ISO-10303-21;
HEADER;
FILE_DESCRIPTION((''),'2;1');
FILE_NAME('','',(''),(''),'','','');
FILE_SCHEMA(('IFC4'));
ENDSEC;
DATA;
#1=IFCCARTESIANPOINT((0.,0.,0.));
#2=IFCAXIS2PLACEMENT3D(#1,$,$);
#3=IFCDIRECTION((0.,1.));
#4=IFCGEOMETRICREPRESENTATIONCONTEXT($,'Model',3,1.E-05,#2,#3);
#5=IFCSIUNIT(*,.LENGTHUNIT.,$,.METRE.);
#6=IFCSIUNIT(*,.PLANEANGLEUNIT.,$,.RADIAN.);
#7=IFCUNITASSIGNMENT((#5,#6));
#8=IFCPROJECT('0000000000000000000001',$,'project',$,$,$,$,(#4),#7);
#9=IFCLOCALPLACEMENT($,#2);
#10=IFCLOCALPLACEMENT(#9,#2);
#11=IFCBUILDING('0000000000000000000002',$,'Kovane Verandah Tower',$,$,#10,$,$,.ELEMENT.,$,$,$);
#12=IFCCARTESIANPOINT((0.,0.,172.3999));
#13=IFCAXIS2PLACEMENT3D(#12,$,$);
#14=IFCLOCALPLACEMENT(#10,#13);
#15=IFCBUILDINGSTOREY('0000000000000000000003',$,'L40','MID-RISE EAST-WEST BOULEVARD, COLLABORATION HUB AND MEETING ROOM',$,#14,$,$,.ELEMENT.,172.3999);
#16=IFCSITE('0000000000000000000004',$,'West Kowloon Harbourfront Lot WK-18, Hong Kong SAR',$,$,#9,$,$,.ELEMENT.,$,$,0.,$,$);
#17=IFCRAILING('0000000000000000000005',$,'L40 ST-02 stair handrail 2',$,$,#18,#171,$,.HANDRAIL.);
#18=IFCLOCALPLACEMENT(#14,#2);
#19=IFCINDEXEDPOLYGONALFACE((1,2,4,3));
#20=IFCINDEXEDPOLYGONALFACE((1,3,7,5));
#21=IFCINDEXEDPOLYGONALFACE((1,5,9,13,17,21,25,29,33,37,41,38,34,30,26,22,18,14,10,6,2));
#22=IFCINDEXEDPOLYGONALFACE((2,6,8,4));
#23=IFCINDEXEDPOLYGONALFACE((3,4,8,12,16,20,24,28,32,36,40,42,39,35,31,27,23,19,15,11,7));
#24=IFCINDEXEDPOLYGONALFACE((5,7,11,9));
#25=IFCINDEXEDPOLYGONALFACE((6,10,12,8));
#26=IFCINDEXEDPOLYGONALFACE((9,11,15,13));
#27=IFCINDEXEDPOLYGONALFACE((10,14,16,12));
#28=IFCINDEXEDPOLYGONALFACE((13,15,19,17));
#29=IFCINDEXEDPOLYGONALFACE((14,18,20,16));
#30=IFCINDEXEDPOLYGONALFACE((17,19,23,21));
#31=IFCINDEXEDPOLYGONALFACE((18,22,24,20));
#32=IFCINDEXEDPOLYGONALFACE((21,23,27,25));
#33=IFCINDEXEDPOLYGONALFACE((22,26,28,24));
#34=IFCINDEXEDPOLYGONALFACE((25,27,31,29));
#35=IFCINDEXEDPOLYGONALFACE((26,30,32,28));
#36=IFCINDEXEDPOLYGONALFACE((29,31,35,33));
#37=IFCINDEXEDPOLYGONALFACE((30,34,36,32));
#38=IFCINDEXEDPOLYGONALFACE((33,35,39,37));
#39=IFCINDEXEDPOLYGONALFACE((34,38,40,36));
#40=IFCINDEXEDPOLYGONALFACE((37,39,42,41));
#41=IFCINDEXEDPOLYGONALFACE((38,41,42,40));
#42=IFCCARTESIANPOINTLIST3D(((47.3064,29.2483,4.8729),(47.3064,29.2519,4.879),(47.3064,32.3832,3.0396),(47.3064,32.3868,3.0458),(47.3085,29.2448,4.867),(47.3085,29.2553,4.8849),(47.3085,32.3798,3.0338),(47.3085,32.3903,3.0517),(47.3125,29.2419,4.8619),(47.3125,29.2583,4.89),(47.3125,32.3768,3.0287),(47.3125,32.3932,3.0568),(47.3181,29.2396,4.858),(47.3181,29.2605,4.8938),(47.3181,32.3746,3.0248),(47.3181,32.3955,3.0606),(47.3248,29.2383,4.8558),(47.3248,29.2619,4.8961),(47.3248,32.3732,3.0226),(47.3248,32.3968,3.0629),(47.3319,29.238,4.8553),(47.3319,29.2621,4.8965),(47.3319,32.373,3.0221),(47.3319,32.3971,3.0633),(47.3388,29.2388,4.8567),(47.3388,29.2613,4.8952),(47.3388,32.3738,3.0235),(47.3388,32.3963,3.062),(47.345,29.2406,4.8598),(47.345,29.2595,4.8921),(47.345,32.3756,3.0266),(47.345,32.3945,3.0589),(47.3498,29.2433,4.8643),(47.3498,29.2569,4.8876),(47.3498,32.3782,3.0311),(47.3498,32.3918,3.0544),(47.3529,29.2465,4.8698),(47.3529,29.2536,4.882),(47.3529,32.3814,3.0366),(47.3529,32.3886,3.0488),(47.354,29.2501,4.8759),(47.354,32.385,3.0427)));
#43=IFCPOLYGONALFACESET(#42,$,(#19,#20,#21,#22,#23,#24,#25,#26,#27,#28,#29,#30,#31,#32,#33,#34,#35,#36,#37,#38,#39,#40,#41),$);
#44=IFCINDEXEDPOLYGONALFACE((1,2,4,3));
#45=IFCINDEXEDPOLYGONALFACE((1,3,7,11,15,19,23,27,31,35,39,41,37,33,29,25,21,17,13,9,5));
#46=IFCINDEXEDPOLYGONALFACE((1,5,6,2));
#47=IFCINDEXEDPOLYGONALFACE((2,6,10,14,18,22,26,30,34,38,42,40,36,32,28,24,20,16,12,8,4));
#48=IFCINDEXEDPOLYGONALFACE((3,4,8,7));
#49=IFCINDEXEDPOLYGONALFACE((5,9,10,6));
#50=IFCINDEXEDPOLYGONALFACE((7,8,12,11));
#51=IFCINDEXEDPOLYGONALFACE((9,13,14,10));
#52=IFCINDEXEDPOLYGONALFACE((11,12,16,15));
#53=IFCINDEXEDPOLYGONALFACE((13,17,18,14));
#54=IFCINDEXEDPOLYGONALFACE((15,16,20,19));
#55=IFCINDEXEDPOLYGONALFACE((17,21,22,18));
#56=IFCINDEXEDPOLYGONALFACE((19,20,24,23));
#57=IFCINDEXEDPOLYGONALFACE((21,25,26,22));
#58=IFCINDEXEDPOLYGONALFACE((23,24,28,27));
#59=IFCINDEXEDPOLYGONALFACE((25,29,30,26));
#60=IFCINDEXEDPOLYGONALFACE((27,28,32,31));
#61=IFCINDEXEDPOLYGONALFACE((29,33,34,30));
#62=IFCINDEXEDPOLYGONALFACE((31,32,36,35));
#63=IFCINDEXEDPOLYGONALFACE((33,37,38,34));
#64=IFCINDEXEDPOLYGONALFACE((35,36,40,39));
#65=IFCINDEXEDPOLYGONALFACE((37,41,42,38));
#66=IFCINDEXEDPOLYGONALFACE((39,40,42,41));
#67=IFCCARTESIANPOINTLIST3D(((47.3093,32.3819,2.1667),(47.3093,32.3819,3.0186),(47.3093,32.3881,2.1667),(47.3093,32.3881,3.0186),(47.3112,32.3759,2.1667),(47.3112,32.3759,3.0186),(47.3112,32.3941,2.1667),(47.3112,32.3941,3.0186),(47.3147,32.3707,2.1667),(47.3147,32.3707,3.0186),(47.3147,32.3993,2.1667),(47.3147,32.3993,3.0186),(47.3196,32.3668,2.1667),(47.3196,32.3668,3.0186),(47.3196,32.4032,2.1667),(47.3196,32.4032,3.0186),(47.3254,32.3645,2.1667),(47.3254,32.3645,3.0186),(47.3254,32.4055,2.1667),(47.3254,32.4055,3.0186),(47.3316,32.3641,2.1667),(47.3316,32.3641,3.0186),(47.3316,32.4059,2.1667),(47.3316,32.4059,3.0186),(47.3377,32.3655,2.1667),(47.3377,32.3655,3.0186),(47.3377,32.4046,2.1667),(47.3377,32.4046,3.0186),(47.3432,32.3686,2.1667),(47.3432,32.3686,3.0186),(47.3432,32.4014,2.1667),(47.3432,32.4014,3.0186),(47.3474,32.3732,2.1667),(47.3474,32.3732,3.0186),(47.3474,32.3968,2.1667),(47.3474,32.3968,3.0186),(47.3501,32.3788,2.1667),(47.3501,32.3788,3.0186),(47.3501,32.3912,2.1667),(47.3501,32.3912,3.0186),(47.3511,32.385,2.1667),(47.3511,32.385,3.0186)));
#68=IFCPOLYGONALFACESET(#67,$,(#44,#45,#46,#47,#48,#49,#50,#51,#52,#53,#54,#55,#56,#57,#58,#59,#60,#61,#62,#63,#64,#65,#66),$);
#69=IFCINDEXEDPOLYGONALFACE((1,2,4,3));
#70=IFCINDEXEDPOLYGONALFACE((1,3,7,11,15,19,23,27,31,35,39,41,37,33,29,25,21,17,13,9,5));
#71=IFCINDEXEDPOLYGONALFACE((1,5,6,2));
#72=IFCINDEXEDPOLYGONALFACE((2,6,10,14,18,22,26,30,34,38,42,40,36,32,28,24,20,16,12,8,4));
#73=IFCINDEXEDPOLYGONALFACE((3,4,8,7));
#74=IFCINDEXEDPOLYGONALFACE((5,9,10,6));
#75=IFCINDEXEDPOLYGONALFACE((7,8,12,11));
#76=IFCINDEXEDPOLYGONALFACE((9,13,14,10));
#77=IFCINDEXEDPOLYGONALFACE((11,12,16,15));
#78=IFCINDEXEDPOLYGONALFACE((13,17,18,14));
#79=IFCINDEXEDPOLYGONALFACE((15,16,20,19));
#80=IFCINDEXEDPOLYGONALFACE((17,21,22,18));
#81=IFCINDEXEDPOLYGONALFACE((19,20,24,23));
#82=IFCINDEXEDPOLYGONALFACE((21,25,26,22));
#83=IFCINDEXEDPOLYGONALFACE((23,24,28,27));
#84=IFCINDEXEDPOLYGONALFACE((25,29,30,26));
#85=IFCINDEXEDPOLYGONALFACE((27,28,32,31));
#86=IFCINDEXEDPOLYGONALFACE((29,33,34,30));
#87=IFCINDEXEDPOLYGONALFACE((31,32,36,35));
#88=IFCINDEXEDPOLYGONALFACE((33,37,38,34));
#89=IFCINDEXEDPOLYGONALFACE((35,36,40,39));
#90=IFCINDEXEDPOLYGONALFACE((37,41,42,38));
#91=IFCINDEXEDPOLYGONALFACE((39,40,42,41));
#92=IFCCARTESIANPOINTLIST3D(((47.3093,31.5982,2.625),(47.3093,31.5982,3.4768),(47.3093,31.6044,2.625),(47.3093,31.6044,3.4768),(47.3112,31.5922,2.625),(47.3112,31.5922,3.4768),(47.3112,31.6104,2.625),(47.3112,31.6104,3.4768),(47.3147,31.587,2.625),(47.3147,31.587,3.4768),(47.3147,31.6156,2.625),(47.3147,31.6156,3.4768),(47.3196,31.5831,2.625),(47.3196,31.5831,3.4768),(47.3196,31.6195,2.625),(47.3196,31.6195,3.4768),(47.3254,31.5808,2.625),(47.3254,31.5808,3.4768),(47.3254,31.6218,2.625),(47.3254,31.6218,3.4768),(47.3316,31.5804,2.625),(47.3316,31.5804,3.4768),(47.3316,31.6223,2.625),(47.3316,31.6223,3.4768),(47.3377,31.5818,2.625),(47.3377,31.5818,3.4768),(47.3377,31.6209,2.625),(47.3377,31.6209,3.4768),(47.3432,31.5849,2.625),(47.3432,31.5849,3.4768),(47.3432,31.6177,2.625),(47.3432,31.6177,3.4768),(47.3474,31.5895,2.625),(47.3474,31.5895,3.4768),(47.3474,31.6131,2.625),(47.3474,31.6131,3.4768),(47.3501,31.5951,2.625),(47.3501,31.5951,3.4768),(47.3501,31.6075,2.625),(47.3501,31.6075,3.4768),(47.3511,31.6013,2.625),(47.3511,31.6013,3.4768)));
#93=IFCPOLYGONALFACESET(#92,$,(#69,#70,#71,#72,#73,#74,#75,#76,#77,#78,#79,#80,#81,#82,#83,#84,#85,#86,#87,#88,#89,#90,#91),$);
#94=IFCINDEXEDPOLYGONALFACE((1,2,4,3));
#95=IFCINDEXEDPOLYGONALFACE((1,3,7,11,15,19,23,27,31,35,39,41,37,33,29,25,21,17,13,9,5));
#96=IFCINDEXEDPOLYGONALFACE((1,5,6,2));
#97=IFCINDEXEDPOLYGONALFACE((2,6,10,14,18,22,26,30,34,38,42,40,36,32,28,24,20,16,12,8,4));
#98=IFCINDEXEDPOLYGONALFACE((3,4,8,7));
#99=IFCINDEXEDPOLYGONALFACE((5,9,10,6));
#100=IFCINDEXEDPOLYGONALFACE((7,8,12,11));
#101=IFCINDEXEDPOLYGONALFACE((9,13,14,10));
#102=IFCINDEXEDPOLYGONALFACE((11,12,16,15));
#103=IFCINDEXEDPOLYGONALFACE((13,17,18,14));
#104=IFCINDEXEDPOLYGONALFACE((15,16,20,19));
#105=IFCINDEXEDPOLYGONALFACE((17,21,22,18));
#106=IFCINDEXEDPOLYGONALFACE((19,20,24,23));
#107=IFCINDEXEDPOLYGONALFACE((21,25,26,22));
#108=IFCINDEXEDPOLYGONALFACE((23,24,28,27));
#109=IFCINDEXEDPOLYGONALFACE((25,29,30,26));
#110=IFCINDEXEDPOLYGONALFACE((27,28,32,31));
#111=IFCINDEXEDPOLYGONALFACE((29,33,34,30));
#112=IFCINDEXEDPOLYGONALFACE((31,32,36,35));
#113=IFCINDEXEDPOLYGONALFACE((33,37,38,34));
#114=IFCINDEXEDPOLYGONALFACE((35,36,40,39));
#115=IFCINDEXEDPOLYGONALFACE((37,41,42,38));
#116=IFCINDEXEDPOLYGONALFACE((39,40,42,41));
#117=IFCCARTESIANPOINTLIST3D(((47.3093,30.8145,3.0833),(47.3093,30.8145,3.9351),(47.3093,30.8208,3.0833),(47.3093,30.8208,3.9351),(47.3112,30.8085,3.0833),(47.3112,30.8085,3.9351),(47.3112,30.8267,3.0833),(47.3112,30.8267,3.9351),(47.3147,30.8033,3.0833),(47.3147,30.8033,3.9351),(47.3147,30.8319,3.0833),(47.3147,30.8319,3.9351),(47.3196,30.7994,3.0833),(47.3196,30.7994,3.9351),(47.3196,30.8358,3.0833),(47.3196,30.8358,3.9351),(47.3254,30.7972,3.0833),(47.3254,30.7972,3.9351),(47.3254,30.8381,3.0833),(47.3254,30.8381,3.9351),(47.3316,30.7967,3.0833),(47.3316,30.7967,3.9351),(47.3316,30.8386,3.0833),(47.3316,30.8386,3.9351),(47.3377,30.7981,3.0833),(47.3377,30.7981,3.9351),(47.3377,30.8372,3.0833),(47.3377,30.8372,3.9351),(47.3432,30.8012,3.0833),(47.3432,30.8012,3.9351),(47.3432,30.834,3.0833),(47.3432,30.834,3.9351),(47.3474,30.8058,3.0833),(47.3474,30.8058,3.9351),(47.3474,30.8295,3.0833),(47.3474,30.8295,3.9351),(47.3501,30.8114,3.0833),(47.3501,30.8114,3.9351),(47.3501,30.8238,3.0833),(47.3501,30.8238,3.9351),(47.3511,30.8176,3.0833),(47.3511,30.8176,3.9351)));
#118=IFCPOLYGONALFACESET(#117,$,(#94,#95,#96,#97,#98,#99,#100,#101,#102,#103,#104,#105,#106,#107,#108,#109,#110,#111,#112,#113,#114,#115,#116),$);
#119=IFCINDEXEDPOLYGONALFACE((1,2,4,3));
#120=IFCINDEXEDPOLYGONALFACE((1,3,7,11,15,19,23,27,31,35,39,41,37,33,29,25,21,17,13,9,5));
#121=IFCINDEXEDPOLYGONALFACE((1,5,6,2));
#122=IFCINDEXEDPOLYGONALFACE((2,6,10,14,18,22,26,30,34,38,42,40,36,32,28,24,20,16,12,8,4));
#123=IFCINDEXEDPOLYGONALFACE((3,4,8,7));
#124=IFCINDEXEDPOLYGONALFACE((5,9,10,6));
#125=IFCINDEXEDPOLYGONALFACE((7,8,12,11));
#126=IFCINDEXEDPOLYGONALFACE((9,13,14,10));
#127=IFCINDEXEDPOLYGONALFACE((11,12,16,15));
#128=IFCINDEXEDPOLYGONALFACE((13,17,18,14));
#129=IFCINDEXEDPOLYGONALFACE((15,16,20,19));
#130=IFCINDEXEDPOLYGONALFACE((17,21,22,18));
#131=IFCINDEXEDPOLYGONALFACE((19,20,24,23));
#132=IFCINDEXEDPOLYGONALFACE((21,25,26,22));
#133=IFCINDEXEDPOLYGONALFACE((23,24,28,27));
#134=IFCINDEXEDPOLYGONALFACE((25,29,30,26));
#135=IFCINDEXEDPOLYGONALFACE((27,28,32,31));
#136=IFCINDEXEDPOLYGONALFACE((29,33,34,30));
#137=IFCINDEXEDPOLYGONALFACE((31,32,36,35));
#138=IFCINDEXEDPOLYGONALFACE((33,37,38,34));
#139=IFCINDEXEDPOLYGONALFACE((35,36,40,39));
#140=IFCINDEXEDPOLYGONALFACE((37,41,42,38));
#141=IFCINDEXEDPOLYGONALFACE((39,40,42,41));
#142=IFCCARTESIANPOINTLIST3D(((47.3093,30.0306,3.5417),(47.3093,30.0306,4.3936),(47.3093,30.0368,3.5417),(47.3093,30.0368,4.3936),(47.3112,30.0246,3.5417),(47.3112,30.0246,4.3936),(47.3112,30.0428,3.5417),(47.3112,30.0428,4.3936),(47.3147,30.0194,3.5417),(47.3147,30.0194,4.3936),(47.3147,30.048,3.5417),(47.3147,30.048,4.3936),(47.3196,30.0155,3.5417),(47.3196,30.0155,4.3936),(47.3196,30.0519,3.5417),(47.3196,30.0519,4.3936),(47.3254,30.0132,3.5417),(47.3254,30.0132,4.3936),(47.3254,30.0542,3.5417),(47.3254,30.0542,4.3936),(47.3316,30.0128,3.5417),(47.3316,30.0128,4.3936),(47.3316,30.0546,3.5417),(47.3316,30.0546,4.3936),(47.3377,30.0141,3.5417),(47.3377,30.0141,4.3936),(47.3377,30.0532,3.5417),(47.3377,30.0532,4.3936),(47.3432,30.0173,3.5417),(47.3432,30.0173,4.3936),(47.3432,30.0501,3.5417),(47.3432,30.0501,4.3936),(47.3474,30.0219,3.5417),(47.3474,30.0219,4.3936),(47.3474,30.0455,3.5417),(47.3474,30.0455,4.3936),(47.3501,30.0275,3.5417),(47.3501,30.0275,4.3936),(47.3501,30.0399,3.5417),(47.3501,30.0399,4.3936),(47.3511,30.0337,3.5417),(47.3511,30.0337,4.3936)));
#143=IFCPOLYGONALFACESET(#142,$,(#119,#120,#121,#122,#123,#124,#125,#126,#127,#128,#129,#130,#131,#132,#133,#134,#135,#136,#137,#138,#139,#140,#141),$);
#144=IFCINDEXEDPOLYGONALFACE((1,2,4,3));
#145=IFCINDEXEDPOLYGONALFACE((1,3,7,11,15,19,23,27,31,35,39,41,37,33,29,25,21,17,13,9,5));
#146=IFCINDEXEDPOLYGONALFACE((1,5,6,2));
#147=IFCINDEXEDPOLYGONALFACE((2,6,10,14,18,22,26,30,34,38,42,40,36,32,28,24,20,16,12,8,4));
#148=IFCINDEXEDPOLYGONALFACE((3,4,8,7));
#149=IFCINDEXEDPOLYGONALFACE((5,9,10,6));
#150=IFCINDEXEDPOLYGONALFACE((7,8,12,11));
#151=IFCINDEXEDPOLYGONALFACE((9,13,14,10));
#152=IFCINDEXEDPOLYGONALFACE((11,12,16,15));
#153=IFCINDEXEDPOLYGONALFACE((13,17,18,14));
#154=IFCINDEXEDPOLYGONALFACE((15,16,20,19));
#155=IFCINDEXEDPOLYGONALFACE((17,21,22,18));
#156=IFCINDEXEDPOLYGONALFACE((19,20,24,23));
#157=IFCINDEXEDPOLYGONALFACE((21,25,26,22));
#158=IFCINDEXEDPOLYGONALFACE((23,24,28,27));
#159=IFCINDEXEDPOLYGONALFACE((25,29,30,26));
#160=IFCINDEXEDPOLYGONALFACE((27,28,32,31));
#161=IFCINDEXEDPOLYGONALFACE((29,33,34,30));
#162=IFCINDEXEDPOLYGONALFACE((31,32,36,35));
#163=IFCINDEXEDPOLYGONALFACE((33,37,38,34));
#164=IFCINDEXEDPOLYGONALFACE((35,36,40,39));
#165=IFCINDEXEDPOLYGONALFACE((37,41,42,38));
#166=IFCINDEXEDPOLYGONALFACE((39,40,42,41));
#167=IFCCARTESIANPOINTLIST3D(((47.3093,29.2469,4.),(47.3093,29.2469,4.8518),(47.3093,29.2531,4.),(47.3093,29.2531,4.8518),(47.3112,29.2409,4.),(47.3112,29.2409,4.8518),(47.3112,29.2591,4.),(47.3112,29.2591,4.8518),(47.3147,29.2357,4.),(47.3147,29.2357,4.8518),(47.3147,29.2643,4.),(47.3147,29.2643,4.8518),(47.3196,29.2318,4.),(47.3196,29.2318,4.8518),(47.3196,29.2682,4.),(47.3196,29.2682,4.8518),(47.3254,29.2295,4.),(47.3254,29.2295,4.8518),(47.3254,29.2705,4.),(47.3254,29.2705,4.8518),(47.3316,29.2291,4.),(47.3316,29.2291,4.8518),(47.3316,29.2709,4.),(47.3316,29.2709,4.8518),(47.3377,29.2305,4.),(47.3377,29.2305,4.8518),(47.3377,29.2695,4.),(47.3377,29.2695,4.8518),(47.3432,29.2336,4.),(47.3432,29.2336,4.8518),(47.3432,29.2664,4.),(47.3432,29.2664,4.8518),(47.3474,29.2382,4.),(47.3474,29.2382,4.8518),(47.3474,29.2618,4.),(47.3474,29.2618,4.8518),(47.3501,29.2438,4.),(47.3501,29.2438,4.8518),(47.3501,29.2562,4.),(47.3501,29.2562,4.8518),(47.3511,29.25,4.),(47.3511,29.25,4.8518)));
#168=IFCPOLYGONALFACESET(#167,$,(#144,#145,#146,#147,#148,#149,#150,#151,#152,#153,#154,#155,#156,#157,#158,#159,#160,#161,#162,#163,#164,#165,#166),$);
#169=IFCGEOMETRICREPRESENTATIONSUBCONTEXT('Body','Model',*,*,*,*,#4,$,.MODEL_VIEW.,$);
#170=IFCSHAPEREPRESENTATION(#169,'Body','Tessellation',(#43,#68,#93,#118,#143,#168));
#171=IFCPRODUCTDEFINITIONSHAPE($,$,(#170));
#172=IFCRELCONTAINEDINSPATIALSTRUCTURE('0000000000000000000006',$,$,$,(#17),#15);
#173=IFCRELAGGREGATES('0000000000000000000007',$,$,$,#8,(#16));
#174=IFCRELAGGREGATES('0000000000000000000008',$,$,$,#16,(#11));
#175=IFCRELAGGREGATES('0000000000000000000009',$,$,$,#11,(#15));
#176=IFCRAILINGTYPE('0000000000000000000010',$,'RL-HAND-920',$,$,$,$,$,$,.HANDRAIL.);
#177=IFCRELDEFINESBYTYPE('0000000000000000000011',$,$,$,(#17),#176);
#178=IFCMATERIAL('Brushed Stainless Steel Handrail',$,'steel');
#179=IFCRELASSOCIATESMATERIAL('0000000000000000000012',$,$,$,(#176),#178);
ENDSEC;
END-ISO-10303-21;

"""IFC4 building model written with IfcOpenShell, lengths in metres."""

from ifc_helpers import new_model, si_unit, direction, frame, origin, origin_2d, place, context, subcontext, project, spatial, circle, extrude, material, type_object, element, save


model = new_model("IFC4")

# Units and contexts
model_context = context("Model", 3, precision=1e-05, world=origin(), true_north=direction((0.0, 1.0)))
body_context = subcontext(model_context, "Body", "Model", "MODEL_VIEW")
ifc_project = project(units=[si_unit("LENGTHUNIT", "METRE"), si_unit("PLANEANGLEUNIT", "RADIAN")], contexts=[model_context])

# Site, building, storey
site_placement = place(None, origin())
site = spatial("IfcSite", under=ifc_project, at=site_placement, Name="West Kowloon Harbourfront Lot WK-18, Hong Kong SAR", CompositionType="ELEMENT", RefElevation=0.0)
building_placement = place(site_placement, origin())
building = spatial("IfcBuilding", under=site, at=building_placement, Name="Kovane Verandah Tower", CompositionType="ELEMENT")
storey_placement = place(building_placement, frame((0.0, 0.0, 172.3999)))
storey = spatial("IfcBuildingStorey", under=building, at=storey_placement, Name="L40", Description="MID-RISE EAST-WEST BOULEVARD, COLLABORATION HUB AND MEETING ROOM", CompositionType="ELEMENT", Elevation=172.3999)

# Railing
ifc_material_1 = material(Name="Brushed Stainless Steel Handrail", Category="steel")
railing_type_1 = type_object("IfcRailingType", Name="RL-HAND-920", PredefinedType="HANDRAIL", material=ifc_material_1)
railing_1_placement = place(storey_placement, frame((47.3301, 32.385, 2.1667)))
element("IfcRailing", 1, at=railing_1_placement, inside=storey, type_object=railing_type_1, Name="L40 ST-02 stair handrail 2", PredefinedType="HANDRAIL", context=body_context, shape_type="SweptSolid", body=[
    extrude(circle(Radius=0.0239, at=origin_2d()), frame((0.0, 0.0, 0.876), z_axis=(0.0, -0.86324, 0.504794), x_axis=(1.0, 0.0, 0.0)), (0.0, 0.0, 1.0), 3.6316),
    extrude(circle(Radius=0.021, at=origin_2d()), origin(), (0.0, 0.0, 1.0), 0.8518),
    extrude(circle(Radius=0.021, at=origin_2d()), frame((0.0, -0.7837, 0.4583)), (0.0, 0.0, 1.0), 0.8518),
    extrude(circle(Radius=0.021, at=origin_2d()), frame((0.0, -1.5674, 0.9165)), (0.0, 0.0, 1.0), 0.8518),
    extrude(circle(Radius=0.021, at=origin_2d()), frame((0.0, -2.3513, 1.375)), (0.0, 0.0, 1.0), 0.8518),
    extrude(circle(Radius=0.021, at=origin_2d()), frame((0.0, -3.135, 1.8333)), (0.0, 0.0, 1.0), 0.8518),
])

save(model, "model.ifc")
